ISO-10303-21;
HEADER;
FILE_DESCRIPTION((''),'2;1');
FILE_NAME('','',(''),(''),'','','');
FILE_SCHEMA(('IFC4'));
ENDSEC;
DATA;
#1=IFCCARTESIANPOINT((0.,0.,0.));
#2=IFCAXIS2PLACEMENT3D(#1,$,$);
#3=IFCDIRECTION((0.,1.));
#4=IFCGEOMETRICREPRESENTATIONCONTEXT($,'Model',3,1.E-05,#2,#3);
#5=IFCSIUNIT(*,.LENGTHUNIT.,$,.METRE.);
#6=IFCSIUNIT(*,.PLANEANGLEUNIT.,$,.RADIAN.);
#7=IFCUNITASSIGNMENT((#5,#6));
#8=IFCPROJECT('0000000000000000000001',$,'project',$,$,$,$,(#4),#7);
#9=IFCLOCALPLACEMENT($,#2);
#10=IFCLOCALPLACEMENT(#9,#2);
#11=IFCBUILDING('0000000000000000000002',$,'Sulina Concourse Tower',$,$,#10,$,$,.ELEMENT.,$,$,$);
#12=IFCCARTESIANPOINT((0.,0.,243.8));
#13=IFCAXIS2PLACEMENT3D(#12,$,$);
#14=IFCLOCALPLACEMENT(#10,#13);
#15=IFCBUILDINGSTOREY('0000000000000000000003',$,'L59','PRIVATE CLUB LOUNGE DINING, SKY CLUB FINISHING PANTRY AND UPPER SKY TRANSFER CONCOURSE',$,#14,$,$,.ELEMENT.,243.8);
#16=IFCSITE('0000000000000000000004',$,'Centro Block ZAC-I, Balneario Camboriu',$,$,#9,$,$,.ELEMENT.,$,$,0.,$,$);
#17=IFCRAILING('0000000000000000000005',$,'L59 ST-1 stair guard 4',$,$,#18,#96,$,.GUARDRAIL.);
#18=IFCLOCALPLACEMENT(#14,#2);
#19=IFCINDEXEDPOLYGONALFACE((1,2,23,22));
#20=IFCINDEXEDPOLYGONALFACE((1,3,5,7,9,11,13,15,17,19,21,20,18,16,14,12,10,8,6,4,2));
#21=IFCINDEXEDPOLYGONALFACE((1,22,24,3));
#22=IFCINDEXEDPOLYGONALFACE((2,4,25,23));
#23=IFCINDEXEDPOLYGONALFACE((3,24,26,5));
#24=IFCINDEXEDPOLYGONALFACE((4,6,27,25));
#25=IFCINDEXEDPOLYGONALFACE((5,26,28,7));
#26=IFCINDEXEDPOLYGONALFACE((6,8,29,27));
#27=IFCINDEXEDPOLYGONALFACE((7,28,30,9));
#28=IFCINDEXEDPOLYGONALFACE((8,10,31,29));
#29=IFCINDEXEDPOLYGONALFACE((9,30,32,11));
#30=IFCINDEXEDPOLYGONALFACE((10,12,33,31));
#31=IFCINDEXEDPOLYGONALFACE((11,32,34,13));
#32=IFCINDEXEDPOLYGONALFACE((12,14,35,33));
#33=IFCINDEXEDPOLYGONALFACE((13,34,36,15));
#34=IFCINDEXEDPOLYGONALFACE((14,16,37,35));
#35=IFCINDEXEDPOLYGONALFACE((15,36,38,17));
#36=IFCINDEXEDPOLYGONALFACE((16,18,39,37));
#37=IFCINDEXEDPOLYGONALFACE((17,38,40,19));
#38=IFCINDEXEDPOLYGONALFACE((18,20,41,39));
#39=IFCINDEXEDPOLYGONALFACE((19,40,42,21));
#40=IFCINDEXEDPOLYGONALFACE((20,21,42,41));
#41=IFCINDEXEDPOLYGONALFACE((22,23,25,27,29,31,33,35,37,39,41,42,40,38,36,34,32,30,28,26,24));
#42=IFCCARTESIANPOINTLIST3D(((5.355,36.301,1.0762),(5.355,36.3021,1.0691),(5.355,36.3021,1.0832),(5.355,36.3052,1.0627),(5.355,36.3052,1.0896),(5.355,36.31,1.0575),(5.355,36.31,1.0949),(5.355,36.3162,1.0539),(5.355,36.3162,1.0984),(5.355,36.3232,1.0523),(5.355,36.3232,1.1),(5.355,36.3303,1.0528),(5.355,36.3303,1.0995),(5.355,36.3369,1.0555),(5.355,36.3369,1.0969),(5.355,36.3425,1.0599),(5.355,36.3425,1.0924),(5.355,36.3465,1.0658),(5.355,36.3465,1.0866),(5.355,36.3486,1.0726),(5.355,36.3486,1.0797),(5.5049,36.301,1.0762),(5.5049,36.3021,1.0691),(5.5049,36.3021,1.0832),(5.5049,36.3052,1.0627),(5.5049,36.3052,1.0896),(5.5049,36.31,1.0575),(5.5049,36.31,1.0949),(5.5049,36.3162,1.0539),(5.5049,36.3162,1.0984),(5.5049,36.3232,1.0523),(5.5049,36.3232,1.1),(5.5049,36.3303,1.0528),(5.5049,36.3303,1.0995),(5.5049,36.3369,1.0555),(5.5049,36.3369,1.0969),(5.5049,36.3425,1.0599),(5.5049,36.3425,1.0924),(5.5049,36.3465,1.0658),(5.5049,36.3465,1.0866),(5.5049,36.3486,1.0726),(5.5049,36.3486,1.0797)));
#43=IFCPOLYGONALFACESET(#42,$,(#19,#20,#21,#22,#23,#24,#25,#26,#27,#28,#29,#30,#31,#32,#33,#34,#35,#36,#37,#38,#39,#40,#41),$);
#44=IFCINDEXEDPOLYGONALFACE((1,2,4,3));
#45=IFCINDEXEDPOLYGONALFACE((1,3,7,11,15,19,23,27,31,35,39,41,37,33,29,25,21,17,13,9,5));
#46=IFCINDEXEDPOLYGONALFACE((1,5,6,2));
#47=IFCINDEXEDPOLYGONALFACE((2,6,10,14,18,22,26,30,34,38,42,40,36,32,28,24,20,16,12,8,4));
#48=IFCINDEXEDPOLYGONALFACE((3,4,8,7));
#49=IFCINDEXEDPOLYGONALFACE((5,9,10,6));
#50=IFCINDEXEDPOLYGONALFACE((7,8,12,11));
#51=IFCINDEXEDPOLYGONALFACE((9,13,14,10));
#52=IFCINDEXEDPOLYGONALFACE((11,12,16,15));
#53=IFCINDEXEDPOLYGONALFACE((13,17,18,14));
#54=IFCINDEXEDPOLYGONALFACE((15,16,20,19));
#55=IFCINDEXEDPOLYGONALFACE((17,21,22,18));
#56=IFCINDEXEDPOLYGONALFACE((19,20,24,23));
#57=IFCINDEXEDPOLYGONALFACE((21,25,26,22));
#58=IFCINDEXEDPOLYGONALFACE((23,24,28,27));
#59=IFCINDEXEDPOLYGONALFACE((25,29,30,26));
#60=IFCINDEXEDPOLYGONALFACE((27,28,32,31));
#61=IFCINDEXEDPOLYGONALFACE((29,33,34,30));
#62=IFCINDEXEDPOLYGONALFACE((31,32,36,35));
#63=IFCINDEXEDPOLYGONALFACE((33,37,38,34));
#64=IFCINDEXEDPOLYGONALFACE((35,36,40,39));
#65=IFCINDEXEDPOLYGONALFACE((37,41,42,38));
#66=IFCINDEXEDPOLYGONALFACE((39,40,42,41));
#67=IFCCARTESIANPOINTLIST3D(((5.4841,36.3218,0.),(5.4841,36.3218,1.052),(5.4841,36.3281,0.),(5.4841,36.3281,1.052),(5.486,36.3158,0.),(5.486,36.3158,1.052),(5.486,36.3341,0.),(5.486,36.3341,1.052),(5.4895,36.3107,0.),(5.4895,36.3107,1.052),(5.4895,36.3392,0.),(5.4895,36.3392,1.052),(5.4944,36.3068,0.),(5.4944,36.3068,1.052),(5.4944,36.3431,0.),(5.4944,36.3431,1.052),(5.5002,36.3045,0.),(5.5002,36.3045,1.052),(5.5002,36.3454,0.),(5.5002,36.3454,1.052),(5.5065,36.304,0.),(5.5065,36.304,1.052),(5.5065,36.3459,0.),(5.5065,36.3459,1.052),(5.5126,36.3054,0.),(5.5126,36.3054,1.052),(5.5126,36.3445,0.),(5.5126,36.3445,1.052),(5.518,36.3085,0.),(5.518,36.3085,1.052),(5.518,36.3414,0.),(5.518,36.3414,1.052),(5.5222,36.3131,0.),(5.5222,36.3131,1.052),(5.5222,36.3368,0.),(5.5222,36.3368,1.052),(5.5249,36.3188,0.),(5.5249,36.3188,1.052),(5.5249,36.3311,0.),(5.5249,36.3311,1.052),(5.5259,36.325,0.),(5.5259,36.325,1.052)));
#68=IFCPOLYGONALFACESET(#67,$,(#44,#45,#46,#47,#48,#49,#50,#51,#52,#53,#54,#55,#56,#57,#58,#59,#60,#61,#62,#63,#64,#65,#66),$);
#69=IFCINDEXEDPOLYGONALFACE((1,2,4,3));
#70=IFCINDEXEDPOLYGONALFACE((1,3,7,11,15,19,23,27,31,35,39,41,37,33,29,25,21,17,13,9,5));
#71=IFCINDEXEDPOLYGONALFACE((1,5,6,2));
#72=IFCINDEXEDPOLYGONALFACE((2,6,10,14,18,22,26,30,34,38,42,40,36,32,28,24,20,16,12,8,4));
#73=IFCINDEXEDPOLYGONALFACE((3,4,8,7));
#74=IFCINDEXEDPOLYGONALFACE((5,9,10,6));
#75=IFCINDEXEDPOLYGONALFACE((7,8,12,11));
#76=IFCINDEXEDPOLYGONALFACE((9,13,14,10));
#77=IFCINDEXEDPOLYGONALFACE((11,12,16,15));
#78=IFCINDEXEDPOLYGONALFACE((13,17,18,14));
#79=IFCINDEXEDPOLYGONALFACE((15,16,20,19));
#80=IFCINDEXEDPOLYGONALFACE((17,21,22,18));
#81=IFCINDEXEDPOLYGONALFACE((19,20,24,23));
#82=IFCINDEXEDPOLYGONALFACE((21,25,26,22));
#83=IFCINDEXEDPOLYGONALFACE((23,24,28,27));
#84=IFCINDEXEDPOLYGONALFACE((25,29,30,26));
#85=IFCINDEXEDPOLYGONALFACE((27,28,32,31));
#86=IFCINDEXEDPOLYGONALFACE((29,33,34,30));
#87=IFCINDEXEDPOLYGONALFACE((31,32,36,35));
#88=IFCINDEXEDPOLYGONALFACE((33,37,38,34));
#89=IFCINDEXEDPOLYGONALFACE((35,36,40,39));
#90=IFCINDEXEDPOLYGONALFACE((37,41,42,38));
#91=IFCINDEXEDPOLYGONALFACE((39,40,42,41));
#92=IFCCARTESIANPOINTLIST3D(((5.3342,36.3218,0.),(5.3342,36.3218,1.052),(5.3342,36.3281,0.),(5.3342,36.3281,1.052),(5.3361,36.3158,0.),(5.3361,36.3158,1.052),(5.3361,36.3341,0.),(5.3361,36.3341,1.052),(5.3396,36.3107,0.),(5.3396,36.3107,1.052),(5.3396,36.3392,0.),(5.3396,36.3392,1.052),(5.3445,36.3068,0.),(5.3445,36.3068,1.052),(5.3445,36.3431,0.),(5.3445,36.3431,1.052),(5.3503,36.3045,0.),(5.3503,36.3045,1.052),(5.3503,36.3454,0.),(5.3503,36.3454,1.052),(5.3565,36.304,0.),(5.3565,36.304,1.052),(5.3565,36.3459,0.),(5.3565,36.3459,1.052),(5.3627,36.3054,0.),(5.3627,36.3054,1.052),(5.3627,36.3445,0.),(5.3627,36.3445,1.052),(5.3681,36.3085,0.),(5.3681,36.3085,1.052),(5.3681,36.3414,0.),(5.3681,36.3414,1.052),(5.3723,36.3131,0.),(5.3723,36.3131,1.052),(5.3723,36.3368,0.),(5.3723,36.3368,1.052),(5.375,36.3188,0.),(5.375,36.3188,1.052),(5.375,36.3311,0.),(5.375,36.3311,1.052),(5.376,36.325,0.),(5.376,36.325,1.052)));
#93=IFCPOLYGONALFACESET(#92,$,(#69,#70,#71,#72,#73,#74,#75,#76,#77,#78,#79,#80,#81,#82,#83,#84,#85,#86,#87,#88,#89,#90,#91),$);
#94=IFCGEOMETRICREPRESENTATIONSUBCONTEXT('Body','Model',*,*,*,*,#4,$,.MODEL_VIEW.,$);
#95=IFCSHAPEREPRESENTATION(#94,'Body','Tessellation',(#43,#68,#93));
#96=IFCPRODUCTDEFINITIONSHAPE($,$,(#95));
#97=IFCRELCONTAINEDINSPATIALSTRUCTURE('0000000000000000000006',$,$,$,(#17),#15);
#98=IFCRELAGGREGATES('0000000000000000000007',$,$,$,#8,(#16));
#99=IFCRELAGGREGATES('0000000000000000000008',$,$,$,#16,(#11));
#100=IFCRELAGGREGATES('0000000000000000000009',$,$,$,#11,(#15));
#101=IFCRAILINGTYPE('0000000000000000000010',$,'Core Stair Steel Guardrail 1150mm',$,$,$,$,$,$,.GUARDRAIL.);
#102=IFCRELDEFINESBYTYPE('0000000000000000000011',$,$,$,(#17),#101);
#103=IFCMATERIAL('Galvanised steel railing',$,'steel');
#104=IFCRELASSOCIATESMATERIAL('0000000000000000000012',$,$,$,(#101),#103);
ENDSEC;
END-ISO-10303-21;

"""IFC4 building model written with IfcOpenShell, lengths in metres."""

from ifc_helpers import new_model, si_unit, direction, frame, origin, origin_2d, place, context, subcontext, project, spatial, circle, extrude, material, type_object, element, save


model = new_model("IFC4")

# Units and contexts
model_context = context("Model", 3, precision=1e-05, world=origin(), true_north=direction((0.0, 1.0)))
body_context = subcontext(model_context, "Body", "Model", "MODEL_VIEW")
ifc_project = project(units=[si_unit("LENGTHUNIT", "METRE"), si_unit("PLANEANGLEUNIT", "RADIAN")], contexts=[model_context])

# Site, building, storey
site_placement = place(None, origin())
site = spatial("IfcSite", under=ifc_project, at=site_placement, Name="Centro Block ZAC-I, Balneario Camboriu", CompositionType="ELEMENT", RefElevation=0.0)
building_placement = place(site_placement, origin())
building = spatial("IfcBuilding", under=site, at=building_placement, Name="Sulina Concourse Tower", CompositionType="ELEMENT")
storey_placement = place(building_placement, frame((0.0, 0.0, 243.8)))
storey = spatial("IfcBuildingStorey", under=building, at=storey_placement, Name="L59", Description="PRIVATE CLUB LOUNGE DINING, SKY CLUB FINISHING PANTRY AND UPPER SKY TRANSFER CONCOURSE", CompositionType="ELEMENT", Elevation=243.8)

# Railing
ifc_material_1 = material(Name="Galvanised steel railing", Category="steel")
railing_type_1 = type_object("IfcRailingType", Name="Core Stair Steel Guardrail 1150mm", PredefinedType="GUARDRAIL", material=ifc_material_1)
railing_1_placement = place(storey_placement, frame((5.5049, 36.325, 0.0)))
element("IfcRailing", 1, at=railing_1_placement, inside=storey, type_object=railing_type_1, Name="L59 ST-1 stair guard 4", PredefinedType="GUARDRAIL", context=body_context, shape_type="SweptSolid", body=[
    extrude(circle(Radius=0.0239, at=origin_2d()), frame((0.0, 0.0, 1.0762), z_axis=(-1.0, 0.0, 0.0), x_axis=(0.0, -1.0, 0.0)), (0.0, 0.0, 1.0), 0.1499),
    extrude(circle(Radius=0.021, at=origin_2d()), origin(), (0.0, 0.0, 1.0), 1.052),
    extrude(circle(Radius=0.021, at=origin_2d()), frame((-0.1499, 0.0, 0.0)), (0.0, 0.0, 1.0), 1.052),
])

save(model, "model.ifc")
